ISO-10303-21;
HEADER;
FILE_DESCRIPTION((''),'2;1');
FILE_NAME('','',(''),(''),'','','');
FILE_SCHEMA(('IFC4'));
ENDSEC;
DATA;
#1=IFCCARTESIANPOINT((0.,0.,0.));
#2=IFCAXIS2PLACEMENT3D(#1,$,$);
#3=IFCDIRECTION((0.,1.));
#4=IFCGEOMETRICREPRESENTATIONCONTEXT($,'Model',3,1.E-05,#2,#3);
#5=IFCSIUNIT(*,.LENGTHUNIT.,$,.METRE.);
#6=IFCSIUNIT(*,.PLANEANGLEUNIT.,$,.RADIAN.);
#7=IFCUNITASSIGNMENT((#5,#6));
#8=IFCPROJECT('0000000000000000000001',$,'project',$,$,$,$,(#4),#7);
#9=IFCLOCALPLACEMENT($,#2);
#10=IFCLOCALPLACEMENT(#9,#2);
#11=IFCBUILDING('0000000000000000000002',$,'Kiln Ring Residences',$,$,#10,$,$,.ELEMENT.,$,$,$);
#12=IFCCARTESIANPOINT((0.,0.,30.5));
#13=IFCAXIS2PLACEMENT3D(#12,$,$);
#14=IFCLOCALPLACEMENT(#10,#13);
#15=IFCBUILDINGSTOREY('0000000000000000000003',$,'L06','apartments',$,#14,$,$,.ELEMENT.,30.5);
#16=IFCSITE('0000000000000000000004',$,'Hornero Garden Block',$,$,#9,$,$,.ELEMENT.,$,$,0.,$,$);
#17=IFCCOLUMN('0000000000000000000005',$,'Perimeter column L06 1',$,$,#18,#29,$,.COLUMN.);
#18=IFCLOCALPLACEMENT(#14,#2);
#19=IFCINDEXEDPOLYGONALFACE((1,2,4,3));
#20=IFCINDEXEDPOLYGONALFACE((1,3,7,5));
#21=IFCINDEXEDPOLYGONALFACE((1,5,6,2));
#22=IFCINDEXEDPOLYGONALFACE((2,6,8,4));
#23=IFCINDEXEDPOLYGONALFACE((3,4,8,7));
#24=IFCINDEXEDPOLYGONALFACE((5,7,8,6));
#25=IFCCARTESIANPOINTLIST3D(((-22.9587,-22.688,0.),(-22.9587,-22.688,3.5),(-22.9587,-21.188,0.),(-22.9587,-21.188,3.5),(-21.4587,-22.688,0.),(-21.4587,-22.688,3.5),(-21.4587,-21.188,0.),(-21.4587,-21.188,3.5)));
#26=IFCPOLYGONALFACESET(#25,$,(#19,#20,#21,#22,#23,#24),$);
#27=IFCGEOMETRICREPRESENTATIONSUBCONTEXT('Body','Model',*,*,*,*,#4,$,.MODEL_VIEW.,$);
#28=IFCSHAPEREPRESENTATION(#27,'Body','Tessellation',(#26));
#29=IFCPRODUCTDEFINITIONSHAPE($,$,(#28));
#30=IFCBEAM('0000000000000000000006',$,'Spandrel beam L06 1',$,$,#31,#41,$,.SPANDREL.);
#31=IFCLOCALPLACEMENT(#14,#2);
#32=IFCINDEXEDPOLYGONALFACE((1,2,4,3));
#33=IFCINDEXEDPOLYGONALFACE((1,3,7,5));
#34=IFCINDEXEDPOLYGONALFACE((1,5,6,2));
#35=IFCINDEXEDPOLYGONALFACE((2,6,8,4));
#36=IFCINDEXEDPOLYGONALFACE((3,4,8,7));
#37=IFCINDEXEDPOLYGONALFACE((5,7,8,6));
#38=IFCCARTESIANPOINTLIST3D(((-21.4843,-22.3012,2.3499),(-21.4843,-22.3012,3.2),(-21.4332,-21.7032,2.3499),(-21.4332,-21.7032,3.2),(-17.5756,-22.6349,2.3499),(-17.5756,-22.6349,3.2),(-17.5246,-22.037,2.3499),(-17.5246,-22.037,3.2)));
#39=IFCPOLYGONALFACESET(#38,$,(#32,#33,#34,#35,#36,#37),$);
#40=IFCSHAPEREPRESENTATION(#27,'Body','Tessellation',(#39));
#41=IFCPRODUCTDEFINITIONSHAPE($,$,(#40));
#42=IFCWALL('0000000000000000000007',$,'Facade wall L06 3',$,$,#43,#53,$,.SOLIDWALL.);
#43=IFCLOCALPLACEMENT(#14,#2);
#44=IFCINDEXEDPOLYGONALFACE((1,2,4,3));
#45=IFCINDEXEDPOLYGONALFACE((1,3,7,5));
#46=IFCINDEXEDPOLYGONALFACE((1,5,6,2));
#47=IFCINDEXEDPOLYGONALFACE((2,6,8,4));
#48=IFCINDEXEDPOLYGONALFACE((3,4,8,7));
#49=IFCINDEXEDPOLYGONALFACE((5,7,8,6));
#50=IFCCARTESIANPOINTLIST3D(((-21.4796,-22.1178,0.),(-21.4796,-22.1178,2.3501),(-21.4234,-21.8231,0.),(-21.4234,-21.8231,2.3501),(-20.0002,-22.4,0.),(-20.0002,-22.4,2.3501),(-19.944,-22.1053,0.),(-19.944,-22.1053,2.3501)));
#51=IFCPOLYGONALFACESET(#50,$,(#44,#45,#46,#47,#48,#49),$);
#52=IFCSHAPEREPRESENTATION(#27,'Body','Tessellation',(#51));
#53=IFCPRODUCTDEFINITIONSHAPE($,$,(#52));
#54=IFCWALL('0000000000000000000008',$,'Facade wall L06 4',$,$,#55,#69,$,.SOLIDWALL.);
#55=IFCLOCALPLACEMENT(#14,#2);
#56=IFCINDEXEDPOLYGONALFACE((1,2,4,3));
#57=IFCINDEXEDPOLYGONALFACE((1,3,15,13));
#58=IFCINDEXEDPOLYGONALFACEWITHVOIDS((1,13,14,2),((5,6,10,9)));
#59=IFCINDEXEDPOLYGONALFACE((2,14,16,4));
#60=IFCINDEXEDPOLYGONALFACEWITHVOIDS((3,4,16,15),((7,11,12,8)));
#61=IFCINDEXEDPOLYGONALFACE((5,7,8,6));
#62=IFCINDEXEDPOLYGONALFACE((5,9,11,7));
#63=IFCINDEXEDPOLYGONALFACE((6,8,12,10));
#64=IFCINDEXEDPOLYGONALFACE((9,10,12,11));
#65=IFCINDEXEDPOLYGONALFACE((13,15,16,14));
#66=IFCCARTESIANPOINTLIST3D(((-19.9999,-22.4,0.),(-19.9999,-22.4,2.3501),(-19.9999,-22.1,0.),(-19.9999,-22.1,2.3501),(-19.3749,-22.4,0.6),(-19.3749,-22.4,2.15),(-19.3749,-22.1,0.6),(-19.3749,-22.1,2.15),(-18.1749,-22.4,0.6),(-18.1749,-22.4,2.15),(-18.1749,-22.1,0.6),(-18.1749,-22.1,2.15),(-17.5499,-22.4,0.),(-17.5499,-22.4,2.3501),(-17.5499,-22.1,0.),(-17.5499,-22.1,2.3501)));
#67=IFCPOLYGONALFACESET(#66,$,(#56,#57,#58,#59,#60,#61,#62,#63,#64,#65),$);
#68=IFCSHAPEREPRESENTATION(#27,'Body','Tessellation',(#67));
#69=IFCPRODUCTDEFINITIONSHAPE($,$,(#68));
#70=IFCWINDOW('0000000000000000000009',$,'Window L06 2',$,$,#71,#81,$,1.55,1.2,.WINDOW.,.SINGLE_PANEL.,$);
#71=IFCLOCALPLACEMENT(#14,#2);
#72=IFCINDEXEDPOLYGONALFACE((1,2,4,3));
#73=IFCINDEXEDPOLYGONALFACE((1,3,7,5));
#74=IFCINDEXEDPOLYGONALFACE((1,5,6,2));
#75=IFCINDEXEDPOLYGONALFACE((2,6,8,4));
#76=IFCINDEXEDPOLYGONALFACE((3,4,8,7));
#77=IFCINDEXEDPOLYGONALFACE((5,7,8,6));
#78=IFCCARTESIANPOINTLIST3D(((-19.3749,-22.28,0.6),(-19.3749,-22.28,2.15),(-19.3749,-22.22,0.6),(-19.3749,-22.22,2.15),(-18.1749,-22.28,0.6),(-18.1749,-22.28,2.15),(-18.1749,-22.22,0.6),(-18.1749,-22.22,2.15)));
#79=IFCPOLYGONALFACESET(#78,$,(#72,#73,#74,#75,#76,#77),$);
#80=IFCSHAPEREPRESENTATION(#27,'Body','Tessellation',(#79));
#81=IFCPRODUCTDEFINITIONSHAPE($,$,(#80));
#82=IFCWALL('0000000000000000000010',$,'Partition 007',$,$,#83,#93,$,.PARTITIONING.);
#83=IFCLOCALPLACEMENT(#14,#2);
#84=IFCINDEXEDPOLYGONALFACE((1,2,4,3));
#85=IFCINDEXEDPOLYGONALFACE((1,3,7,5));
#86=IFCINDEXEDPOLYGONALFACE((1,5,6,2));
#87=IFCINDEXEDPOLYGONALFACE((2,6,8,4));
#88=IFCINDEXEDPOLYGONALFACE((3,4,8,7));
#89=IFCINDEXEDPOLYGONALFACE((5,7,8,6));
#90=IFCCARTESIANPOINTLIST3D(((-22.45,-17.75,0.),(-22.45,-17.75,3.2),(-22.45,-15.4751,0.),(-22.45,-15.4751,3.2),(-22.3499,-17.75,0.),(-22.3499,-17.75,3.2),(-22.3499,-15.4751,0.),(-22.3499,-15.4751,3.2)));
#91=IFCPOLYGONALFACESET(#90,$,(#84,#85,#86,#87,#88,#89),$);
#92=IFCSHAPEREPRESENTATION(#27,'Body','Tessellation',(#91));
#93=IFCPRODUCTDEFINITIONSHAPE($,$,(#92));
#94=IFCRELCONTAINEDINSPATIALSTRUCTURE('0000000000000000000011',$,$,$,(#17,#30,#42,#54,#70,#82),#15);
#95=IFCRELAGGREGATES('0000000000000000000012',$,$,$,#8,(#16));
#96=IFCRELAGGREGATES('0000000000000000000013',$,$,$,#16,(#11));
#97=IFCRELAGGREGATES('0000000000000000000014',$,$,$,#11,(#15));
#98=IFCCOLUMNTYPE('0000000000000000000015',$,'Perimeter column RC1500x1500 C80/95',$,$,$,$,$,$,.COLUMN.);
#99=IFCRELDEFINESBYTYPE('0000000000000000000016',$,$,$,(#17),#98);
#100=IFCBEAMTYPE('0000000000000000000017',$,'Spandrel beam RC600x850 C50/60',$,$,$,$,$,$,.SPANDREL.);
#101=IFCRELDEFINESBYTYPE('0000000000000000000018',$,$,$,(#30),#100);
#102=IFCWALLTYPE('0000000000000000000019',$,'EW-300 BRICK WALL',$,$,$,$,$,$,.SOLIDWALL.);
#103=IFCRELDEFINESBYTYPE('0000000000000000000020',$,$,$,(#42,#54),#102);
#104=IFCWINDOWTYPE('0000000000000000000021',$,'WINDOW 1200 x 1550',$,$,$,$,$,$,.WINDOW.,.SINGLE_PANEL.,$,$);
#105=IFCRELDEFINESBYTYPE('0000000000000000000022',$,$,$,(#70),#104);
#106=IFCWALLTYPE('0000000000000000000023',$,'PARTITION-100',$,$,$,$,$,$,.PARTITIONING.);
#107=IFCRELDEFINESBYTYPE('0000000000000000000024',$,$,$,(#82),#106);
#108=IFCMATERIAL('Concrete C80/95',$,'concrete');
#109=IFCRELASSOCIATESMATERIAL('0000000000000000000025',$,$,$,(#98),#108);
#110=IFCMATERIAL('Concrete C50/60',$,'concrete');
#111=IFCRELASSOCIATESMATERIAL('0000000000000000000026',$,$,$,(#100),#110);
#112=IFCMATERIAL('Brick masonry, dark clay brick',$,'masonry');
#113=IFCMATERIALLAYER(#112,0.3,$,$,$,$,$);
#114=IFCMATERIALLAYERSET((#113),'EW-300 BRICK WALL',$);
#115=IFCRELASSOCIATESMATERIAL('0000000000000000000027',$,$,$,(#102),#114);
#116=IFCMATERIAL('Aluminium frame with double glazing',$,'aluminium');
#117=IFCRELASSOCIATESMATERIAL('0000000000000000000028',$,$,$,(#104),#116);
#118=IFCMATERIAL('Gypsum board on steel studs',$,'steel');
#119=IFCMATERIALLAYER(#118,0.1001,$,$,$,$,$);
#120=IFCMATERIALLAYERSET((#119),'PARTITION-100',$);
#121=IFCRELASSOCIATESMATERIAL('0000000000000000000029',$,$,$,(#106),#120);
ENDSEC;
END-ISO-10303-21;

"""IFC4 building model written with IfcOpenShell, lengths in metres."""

from ifc_helpers import new_model, si_unit, direction, frame, frame_2d, origin, origin_2d, place, context, subcontext, project, spatial, rectangle, extrude, material, layer, layer_set, material_profile, profile_set, type_object, element, fill, save


model = new_model("IFC4")

# Units and contexts
model_context = context("Model", 3, precision=1e-05, world=origin(), true_north=direction((0.0, 1.0)))
body_context = subcontext(model_context, "Body", "Model", "MODEL_VIEW")
ifc_project = project(units=[si_unit("LENGTHUNIT", "METRE"), si_unit("PLANEANGLEUNIT", "RADIAN")], contexts=[model_context])

# Site, building, storey
site_placement = place(None, origin())
site = spatial("IfcSite", under=ifc_project, at=site_placement, Name="Hornero Garden Block", CompositionType="ELEMENT", RefElevation=0.0)
building_placement = place(site_placement, origin())
building = spatial("IfcBuilding", under=site, at=building_placement, Name="Kiln Ring Residences", CompositionType="ELEMENT")
storey_placement = place(building_placement, frame((0.0, 0.0, 30.5)))
storey = spatial("IfcBuildingStorey", under=building, at=storey_placement, Name="L06", Description="apartments", CompositionType="ELEMENT", Elevation=30.5)

# Column
ifc_material_1 = material(Name="Concrete C80/95", Category="concrete")
ifc_material_profile_1 = material_profile(ifc_material_1, rectangle(XDim=1.5, YDim=1.5, at=origin_2d()), Name="RC1500x1500")
ifc_profile_set_1 = profile_set([ifc_material_profile_1], Name="Concrete C80/95")
column_type = type_object("IfcColumnType", Name="Perimeter column RC1500x1500 C80/95", PredefinedType="COLUMN", material=ifc_profile_set_1)
column_placement = place(storey_placement, frame((-22.2087, -21.938, 0.0), z_axis=(0.0, 0.0, 1.0), x_axis=(1.0, 0.0, 0.0)))
element("IfcColumn", 1, at=column_placement, inside=storey, type_object=column_type, Name="Perimeter column L06 1", PredefinedType="COLUMN", context=body_context, shape_type="SweptSolid", body=[
    extrude(rectangle(XDim=1.5, YDim=1.5, at=origin_2d()), origin(), (0.0, 0.0, 1.0), 3.5),
])

# Beam
ifc_material_2 = material(Name="Concrete C50/60", Category="concrete")
ifc_material_profile_2 = material_profile(ifc_material_2, rectangle(XDim=0.6001, YDim=0.8501, at=origin_2d()), Name="RC600x850")
ifc_profile_set_2 = profile_set([ifc_material_profile_2], Name="Concrete C50/60")
beam_type = type_object("IfcBeamType", Name="Spandrel beam RC600x850 C50/60", PredefinedType="SPANDREL", material=ifc_profile_set_2)
beam_placement = place(storey_placement, frame((-21.4587, -22.0022, 2.7749), z_axis=(0.996375, -0.085075, 0.0), x_axis=(0.085075, 0.996375, 0.0)))
element("IfcBeam", 2, at=beam_placement, inside=storey, type_object=beam_type, Name="Spandrel beam L06 1", PredefinedType="SPANDREL", context=body_context, shape_type="SweptSolid", body=[
    extrude(rectangle(XDim=0.6001, YDim=0.8501, at=origin_2d()), origin(), (0.0, 0.0, 1.0), 3.9229),
])

# Wall
ifc_material_3 = material(Name="Brick masonry, dark clay brick", Category="masonry")
ifc_layer_1 = layer(ifc_material_3, 0.3)
ifc_layer_set_1 = layer_set([ifc_layer_1], Name="EW-300 BRICK WALL")
wall_type_1 = type_object("IfcWallType", Name="EW-300 BRICK WALL", PredefinedType="SOLIDWALL", material=ifc_layer_set_1)
wall_1_placement = place(storey_placement, frame((-21.4514, -21.9705, 0.0), z_axis=(0.0, 0.0, 1.0), x_axis=(0.982287, -0.18738, 0.0)))
element("IfcWall", 3, at=wall_1_placement, inside=storey, type_object=wall_type_1, Name="Facade wall L06 3", PredefinedType="SOLIDWALL", context=body_context, shape_type="SweptSolid", body=[
    extrude(rectangle(XDim=1.5061, YDim=0.3, at=frame_2d((0.7529, 0.0))), origin(), (0.0, 0.0, 1.0), 2.3501),
])

# Wall, opening, window
wall_2_placement = place(storey_placement, frame((-20.0, -22.25, 0.0), z_axis=(0.0, 0.0, 1.0), x_axis=(1.0, 0.0, 0.0)))
wall_2 = element("IfcWall", 4, at=wall_2_placement, inside=storey, type_object=wall_type_1, Name="Facade wall L06 4", PredefinedType="SOLIDWALL", context=body_context, shape_type="SweptSolid", body=[
    extrude(rectangle(XDim=2.45, YDim=0.3, at=frame_2d((1.2251, 0.0))), origin(), (0.0, 0.0, 1.0), 2.3501),
])
opening_placement = place(wall_2_placement, frame((0.625, 0.0, 0.6001)))
opening = element("IfcOpeningElement", 5, at=opening_placement, cuts=wall_2, PredefinedType="OPENING", context=body_context, shape_type="SweptSolid", body=[
    extrude(rectangle(XDim=1.2, YDim=1.55, at=frame_2d((0.6001, 0.7749))), frame((0.0, 0.1599, 0.0), z_axis=(0.0, -1.0, 0.0), x_axis=(1.0, 0.0, 0.0)), (0.0, 0.0, 1.0), 0.3201),
])
ifc_material_4 = material(Name="Aluminium frame with double glazing", Category="aluminium")
window_type = type_object("IfcWindowType", Name="WINDOW 1200 x 1550", PartitioningType="SINGLE_PANEL", PredefinedType="WINDOW", material=ifc_material_4)
window_placement = place(opening_placement, origin())
window = element("IfcWindow", 6, at=window_placement, inside=storey, type_object=window_type, Name="Window L06 2", OverallHeight=1.55, OverallWidth=1.2, PartitioningType="SINGLE_PANEL", PredefinedType="WINDOW", context=body_context, shape_type="SweptSolid", body=[
    extrude(rectangle(XDim=1.2, YDim=1.55, at=frame_2d((0.6001, 0.7749))), frame((0.0, 0.03, 0.0), z_axis=(0.0, -1.0, 0.0), x_axis=(1.0, 0.0, 0.0)), (0.0, 0.0, 1.0), 0.0601),
])
fill(opening, window)

# Wall
ifc_material_5 = material(Name="Gypsum board on steel studs", Category="steel")
ifc_layer_2 = layer(ifc_material_5, 0.1001)
ifc_layer_set_2 = layer_set([ifc_layer_2], Name="PARTITION-100")
wall_type_2 = type_object("IfcWallType", Name="PARTITION-100", PredefinedType="PARTITIONING", material=ifc_layer_set_2)
wall_3_placement = place(storey_placement, frame((-22.3999, -17.75, 0.0), z_axis=(0.0, 0.0, 1.0), x_axis=(0.0, 1.0, 0.0)))
element("IfcWall", 7, at=wall_3_placement, inside=storey, type_object=wall_type_2, Name="Partition 007", PredefinedType="PARTITIONING", context=body_context, shape_type="SweptSolid", body=[
    extrude(rectangle(XDim=2.2749, YDim=0.1001, at=frame_2d((1.1375, 0.0))), origin(), (0.0, 0.0, 1.0), 3.2),
])

save(model, "model.ifc")
